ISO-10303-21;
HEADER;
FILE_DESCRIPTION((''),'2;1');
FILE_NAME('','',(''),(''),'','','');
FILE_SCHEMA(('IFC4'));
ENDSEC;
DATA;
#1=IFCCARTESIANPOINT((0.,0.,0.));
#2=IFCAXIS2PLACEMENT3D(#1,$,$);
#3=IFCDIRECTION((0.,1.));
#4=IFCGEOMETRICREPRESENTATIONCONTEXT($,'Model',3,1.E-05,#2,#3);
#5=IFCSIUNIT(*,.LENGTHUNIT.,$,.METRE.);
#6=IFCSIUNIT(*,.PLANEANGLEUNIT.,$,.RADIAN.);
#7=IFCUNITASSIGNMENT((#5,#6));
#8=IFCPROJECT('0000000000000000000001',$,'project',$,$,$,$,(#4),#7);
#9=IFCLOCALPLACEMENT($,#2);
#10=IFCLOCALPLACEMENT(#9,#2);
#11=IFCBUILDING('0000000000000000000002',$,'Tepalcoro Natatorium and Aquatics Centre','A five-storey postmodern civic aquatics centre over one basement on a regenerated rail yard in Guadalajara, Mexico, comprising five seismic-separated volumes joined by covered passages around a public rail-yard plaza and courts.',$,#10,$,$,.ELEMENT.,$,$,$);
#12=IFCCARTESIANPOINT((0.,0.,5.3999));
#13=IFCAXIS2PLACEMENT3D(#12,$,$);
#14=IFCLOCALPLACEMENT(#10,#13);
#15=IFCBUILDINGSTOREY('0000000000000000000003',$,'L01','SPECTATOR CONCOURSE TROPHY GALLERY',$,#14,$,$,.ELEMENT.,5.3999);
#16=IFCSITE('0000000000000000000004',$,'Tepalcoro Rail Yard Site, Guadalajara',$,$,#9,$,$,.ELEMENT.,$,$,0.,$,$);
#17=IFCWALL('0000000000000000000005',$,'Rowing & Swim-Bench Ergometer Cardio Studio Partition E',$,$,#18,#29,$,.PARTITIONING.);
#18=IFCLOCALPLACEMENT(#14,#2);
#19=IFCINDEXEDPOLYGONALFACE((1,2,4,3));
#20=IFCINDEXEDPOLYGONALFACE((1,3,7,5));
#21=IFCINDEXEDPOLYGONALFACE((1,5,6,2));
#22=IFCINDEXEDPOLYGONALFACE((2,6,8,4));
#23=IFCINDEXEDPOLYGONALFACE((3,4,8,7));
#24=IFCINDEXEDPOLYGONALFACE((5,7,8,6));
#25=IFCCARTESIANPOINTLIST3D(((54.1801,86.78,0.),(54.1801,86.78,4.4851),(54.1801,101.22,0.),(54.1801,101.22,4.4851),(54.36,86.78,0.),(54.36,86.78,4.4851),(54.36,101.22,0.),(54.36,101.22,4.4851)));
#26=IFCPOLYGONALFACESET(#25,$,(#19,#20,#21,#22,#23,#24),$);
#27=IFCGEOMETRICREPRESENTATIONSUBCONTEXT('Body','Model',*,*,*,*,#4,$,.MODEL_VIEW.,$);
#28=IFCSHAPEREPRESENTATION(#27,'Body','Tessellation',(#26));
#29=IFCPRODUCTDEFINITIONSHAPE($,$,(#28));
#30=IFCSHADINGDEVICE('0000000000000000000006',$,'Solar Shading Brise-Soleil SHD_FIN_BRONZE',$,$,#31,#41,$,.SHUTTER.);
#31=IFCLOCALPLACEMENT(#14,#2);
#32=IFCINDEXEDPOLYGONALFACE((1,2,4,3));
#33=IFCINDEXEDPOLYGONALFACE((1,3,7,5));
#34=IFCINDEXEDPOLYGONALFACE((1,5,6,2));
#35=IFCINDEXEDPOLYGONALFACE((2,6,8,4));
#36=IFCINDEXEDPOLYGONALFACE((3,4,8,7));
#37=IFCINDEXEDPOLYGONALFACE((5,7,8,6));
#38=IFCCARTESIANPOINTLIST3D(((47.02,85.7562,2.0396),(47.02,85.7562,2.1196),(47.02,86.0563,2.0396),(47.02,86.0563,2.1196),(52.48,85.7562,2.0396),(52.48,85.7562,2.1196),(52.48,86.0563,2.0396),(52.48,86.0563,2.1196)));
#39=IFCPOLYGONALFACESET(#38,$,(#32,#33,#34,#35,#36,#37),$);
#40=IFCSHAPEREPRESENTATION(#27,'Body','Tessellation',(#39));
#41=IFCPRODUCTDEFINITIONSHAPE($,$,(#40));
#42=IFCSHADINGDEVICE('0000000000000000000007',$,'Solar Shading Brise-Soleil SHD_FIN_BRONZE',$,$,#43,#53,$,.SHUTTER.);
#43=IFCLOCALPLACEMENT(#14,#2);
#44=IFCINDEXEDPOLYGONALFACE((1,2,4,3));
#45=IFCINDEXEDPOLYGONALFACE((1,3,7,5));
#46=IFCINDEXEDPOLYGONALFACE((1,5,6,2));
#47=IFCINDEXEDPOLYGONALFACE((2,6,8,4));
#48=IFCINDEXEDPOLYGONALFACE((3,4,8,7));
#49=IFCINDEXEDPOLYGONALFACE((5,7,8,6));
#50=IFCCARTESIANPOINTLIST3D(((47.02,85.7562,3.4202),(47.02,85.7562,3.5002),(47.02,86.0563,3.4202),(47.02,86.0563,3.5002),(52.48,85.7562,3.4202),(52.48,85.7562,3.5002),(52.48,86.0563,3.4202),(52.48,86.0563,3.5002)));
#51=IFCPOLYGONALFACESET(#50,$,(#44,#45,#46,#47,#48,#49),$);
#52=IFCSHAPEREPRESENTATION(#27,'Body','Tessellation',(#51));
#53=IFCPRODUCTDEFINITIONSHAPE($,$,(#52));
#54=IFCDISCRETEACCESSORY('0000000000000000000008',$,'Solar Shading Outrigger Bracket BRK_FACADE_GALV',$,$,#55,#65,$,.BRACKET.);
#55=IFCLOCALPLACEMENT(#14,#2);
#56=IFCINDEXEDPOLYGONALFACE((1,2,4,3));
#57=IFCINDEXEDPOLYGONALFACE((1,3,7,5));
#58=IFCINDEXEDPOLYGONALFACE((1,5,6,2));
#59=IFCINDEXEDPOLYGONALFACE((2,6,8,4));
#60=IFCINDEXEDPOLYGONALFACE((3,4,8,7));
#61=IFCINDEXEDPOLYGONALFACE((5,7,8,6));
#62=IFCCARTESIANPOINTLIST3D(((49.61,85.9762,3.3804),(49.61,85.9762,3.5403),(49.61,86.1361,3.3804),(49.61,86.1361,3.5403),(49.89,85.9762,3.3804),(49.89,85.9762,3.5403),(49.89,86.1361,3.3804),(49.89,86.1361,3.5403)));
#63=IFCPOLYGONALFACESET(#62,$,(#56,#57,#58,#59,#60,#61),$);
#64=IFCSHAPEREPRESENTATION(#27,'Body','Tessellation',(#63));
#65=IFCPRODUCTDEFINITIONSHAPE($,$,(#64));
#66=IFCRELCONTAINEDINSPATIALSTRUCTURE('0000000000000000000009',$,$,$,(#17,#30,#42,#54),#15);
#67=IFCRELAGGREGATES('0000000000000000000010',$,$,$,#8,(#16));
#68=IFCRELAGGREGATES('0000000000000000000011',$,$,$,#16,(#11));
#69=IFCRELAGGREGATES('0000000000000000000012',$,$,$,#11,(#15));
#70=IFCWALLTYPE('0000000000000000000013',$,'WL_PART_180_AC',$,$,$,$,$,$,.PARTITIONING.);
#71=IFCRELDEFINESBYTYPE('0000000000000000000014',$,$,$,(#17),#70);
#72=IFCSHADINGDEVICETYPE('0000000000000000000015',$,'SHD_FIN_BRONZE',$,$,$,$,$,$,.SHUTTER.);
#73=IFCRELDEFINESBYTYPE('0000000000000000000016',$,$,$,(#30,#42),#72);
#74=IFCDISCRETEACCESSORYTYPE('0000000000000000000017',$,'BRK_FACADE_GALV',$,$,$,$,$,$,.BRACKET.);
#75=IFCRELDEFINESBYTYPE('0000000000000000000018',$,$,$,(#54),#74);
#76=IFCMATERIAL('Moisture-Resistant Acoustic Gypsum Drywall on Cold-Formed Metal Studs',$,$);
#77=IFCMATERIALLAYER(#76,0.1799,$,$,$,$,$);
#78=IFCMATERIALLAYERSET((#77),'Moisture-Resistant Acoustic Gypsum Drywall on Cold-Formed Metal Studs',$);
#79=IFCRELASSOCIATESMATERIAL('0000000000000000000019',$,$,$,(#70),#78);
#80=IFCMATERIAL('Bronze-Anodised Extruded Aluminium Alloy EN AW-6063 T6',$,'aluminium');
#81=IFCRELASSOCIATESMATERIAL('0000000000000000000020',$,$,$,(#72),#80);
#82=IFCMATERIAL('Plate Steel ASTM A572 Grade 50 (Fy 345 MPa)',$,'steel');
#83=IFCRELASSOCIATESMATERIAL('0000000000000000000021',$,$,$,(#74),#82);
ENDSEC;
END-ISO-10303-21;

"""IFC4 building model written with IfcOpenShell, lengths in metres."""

from ifc_helpers import new_model, si_unit, direction, frame, frame_2d, origin, origin_2d, place, context, subcontext, project, spatial, rectangle, extrude, material, layer, layer_set, type_object, element, save


model = new_model("IFC4")

# Units and contexts
model_context = context("Model", 3, precision=1e-05, world=origin(), true_north=direction((0.0, 1.0)))
body_context = subcontext(model_context, "Body", "Model", "MODEL_VIEW")
ifc_project = project(units=[si_unit("LENGTHUNIT", "METRE"), si_unit("PLANEANGLEUNIT", "RADIAN")], contexts=[model_context])

# Site, building, storey
site_placement = place(None, origin())
site = spatial("IfcSite", under=ifc_project, at=site_placement, Name="Tepalcoro Rail Yard Site, Guadalajara", CompositionType="ELEMENT", RefElevation=0.0)
building_placement = place(site_placement, origin())
building = spatial("IfcBuilding", under=site, at=building_placement, Name="Tepalcoro Natatorium and Aquatics Centre", Description="A five-storey postmodern civic aquatics centre over one basement on a regenerated rail yard in Guadalajara, Mexico, comprising five seismic-separated volumes joined by covered passages around a public rail-yard plaza and courts.", CompositionType="ELEMENT")
storey_placement = place(building_placement, frame((0.0, 0.0, 5.3999)))
storey = spatial("IfcBuildingStorey", under=building, at=storey_placement, Name="L01", Description="SPECTATOR CONCOURSE TROPHY GALLERY", CompositionType="ELEMENT", Elevation=5.3999)

# Shared definitions
ifc_material_1 = material(Name="Bronze-Anodised Extruded Aluminium Alloy EN AW-6063 T6", Category="aluminium")

# Wall
ifc_material_2 = material(Name="Moisture-Resistant Acoustic Gypsum Drywall on Cold-Formed Metal Studs")
ifc_layer_1 = layer(ifc_material_2, 0.1799)
ifc_layer_set_1 = layer_set([ifc_layer_1], Name="Moisture-Resistant Acoustic Gypsum Drywall on Cold-Formed Metal Studs")
wall_type_1 = type_object("IfcWallType", Name="WL_PART_180_AC", PredefinedType="PARTITIONING", material=ifc_layer_set_1)
wall_1_placement = place(storey_placement, frame((54.27, 86.78, 0.0), z_axis=(0.0, 0.0, 1.0), x_axis=(0.0, 1.0, 0.0)))
element("IfcWall", 1, at=wall_1_placement, inside=storey, type_object=wall_type_1, Name="Rowing & Swim-Bench Ergometer Cardio Studio Partition E", PredefinedType="PARTITIONING", context=body_context, shape_type="SweptSolid", body=[
    extrude(rectangle(XDim=14.4399, YDim=0.1799, at=frame_2d((7.22, 0.0))), origin(), (0.0, 0.0, 1.0), 4.4851),
])

# Shading devices
shading_device_type = type_object("IfcShadingDeviceType", Name="SHD_FIN_BRONZE", PredefinedType="SHUTTER", material=ifc_material_1)
for number, where, z_axis, x_axis, name in (
    (2, (49.75, 85.9062, 2.0396), (0.0, 0.0, 1.0), (1.0, 0.0, 0.0), "Solar Shading Brise-Soleil SHD_FIN_BRONZE"),
    (3, (49.75, 85.9062, 3.4202), (0.0, 0.0, 1.0), (1.0, 0.0, 0.0), "Solar Shading Brise-Soleil SHD_FIN_BRONZE"),
):
    element("IfcShadingDevice", number, at=place(storey_placement, frame(where, z_axis=z_axis, x_axis=x_axis)), inside=storey, type_object=shading_device_type, Name=name, PredefinedType="SHUTTER", context=body_context, shape_type="SweptSolid", body=[
        extrude(rectangle(XDim=5.46, YDim=0.3, at=origin_2d()), origin(), (0.0, 0.0, 1.0), 0.0801),
    ])

# Discrete accessory
ifc_material_3 = material(Name="Plate Steel ASTM A572 Grade 50 (Fy 345 MPa)", Category="steel")
discrete_accessory_type = type_object("IfcDiscreteAccessoryType", Name="BRK_FACADE_GALV", PredefinedType="BRACKET", material=ifc_material_3)
discrete_accessory_placement = place(storey_placement, frame((49.75, 86.0562, 3.3804), z_axis=(0.0, 0.0, 1.0), x_axis=(1.0, 0.0, 0.0)))
element("IfcDiscreteAccessory", 4, at=discrete_accessory_placement, inside=storey, type_object=discrete_accessory_type, Name="Solar Shading Outrigger Bracket BRK_FACADE_GALV", PredefinedType="BRACKET", context=body_context, shape_type="SweptSolid", body=[
    extrude(rectangle(XDim=0.28, YDim=0.1599, at=origin_2d()), origin(), (0.0, 0.0, 1.0), 0.1599),
])

save(model, "model.ifc")
